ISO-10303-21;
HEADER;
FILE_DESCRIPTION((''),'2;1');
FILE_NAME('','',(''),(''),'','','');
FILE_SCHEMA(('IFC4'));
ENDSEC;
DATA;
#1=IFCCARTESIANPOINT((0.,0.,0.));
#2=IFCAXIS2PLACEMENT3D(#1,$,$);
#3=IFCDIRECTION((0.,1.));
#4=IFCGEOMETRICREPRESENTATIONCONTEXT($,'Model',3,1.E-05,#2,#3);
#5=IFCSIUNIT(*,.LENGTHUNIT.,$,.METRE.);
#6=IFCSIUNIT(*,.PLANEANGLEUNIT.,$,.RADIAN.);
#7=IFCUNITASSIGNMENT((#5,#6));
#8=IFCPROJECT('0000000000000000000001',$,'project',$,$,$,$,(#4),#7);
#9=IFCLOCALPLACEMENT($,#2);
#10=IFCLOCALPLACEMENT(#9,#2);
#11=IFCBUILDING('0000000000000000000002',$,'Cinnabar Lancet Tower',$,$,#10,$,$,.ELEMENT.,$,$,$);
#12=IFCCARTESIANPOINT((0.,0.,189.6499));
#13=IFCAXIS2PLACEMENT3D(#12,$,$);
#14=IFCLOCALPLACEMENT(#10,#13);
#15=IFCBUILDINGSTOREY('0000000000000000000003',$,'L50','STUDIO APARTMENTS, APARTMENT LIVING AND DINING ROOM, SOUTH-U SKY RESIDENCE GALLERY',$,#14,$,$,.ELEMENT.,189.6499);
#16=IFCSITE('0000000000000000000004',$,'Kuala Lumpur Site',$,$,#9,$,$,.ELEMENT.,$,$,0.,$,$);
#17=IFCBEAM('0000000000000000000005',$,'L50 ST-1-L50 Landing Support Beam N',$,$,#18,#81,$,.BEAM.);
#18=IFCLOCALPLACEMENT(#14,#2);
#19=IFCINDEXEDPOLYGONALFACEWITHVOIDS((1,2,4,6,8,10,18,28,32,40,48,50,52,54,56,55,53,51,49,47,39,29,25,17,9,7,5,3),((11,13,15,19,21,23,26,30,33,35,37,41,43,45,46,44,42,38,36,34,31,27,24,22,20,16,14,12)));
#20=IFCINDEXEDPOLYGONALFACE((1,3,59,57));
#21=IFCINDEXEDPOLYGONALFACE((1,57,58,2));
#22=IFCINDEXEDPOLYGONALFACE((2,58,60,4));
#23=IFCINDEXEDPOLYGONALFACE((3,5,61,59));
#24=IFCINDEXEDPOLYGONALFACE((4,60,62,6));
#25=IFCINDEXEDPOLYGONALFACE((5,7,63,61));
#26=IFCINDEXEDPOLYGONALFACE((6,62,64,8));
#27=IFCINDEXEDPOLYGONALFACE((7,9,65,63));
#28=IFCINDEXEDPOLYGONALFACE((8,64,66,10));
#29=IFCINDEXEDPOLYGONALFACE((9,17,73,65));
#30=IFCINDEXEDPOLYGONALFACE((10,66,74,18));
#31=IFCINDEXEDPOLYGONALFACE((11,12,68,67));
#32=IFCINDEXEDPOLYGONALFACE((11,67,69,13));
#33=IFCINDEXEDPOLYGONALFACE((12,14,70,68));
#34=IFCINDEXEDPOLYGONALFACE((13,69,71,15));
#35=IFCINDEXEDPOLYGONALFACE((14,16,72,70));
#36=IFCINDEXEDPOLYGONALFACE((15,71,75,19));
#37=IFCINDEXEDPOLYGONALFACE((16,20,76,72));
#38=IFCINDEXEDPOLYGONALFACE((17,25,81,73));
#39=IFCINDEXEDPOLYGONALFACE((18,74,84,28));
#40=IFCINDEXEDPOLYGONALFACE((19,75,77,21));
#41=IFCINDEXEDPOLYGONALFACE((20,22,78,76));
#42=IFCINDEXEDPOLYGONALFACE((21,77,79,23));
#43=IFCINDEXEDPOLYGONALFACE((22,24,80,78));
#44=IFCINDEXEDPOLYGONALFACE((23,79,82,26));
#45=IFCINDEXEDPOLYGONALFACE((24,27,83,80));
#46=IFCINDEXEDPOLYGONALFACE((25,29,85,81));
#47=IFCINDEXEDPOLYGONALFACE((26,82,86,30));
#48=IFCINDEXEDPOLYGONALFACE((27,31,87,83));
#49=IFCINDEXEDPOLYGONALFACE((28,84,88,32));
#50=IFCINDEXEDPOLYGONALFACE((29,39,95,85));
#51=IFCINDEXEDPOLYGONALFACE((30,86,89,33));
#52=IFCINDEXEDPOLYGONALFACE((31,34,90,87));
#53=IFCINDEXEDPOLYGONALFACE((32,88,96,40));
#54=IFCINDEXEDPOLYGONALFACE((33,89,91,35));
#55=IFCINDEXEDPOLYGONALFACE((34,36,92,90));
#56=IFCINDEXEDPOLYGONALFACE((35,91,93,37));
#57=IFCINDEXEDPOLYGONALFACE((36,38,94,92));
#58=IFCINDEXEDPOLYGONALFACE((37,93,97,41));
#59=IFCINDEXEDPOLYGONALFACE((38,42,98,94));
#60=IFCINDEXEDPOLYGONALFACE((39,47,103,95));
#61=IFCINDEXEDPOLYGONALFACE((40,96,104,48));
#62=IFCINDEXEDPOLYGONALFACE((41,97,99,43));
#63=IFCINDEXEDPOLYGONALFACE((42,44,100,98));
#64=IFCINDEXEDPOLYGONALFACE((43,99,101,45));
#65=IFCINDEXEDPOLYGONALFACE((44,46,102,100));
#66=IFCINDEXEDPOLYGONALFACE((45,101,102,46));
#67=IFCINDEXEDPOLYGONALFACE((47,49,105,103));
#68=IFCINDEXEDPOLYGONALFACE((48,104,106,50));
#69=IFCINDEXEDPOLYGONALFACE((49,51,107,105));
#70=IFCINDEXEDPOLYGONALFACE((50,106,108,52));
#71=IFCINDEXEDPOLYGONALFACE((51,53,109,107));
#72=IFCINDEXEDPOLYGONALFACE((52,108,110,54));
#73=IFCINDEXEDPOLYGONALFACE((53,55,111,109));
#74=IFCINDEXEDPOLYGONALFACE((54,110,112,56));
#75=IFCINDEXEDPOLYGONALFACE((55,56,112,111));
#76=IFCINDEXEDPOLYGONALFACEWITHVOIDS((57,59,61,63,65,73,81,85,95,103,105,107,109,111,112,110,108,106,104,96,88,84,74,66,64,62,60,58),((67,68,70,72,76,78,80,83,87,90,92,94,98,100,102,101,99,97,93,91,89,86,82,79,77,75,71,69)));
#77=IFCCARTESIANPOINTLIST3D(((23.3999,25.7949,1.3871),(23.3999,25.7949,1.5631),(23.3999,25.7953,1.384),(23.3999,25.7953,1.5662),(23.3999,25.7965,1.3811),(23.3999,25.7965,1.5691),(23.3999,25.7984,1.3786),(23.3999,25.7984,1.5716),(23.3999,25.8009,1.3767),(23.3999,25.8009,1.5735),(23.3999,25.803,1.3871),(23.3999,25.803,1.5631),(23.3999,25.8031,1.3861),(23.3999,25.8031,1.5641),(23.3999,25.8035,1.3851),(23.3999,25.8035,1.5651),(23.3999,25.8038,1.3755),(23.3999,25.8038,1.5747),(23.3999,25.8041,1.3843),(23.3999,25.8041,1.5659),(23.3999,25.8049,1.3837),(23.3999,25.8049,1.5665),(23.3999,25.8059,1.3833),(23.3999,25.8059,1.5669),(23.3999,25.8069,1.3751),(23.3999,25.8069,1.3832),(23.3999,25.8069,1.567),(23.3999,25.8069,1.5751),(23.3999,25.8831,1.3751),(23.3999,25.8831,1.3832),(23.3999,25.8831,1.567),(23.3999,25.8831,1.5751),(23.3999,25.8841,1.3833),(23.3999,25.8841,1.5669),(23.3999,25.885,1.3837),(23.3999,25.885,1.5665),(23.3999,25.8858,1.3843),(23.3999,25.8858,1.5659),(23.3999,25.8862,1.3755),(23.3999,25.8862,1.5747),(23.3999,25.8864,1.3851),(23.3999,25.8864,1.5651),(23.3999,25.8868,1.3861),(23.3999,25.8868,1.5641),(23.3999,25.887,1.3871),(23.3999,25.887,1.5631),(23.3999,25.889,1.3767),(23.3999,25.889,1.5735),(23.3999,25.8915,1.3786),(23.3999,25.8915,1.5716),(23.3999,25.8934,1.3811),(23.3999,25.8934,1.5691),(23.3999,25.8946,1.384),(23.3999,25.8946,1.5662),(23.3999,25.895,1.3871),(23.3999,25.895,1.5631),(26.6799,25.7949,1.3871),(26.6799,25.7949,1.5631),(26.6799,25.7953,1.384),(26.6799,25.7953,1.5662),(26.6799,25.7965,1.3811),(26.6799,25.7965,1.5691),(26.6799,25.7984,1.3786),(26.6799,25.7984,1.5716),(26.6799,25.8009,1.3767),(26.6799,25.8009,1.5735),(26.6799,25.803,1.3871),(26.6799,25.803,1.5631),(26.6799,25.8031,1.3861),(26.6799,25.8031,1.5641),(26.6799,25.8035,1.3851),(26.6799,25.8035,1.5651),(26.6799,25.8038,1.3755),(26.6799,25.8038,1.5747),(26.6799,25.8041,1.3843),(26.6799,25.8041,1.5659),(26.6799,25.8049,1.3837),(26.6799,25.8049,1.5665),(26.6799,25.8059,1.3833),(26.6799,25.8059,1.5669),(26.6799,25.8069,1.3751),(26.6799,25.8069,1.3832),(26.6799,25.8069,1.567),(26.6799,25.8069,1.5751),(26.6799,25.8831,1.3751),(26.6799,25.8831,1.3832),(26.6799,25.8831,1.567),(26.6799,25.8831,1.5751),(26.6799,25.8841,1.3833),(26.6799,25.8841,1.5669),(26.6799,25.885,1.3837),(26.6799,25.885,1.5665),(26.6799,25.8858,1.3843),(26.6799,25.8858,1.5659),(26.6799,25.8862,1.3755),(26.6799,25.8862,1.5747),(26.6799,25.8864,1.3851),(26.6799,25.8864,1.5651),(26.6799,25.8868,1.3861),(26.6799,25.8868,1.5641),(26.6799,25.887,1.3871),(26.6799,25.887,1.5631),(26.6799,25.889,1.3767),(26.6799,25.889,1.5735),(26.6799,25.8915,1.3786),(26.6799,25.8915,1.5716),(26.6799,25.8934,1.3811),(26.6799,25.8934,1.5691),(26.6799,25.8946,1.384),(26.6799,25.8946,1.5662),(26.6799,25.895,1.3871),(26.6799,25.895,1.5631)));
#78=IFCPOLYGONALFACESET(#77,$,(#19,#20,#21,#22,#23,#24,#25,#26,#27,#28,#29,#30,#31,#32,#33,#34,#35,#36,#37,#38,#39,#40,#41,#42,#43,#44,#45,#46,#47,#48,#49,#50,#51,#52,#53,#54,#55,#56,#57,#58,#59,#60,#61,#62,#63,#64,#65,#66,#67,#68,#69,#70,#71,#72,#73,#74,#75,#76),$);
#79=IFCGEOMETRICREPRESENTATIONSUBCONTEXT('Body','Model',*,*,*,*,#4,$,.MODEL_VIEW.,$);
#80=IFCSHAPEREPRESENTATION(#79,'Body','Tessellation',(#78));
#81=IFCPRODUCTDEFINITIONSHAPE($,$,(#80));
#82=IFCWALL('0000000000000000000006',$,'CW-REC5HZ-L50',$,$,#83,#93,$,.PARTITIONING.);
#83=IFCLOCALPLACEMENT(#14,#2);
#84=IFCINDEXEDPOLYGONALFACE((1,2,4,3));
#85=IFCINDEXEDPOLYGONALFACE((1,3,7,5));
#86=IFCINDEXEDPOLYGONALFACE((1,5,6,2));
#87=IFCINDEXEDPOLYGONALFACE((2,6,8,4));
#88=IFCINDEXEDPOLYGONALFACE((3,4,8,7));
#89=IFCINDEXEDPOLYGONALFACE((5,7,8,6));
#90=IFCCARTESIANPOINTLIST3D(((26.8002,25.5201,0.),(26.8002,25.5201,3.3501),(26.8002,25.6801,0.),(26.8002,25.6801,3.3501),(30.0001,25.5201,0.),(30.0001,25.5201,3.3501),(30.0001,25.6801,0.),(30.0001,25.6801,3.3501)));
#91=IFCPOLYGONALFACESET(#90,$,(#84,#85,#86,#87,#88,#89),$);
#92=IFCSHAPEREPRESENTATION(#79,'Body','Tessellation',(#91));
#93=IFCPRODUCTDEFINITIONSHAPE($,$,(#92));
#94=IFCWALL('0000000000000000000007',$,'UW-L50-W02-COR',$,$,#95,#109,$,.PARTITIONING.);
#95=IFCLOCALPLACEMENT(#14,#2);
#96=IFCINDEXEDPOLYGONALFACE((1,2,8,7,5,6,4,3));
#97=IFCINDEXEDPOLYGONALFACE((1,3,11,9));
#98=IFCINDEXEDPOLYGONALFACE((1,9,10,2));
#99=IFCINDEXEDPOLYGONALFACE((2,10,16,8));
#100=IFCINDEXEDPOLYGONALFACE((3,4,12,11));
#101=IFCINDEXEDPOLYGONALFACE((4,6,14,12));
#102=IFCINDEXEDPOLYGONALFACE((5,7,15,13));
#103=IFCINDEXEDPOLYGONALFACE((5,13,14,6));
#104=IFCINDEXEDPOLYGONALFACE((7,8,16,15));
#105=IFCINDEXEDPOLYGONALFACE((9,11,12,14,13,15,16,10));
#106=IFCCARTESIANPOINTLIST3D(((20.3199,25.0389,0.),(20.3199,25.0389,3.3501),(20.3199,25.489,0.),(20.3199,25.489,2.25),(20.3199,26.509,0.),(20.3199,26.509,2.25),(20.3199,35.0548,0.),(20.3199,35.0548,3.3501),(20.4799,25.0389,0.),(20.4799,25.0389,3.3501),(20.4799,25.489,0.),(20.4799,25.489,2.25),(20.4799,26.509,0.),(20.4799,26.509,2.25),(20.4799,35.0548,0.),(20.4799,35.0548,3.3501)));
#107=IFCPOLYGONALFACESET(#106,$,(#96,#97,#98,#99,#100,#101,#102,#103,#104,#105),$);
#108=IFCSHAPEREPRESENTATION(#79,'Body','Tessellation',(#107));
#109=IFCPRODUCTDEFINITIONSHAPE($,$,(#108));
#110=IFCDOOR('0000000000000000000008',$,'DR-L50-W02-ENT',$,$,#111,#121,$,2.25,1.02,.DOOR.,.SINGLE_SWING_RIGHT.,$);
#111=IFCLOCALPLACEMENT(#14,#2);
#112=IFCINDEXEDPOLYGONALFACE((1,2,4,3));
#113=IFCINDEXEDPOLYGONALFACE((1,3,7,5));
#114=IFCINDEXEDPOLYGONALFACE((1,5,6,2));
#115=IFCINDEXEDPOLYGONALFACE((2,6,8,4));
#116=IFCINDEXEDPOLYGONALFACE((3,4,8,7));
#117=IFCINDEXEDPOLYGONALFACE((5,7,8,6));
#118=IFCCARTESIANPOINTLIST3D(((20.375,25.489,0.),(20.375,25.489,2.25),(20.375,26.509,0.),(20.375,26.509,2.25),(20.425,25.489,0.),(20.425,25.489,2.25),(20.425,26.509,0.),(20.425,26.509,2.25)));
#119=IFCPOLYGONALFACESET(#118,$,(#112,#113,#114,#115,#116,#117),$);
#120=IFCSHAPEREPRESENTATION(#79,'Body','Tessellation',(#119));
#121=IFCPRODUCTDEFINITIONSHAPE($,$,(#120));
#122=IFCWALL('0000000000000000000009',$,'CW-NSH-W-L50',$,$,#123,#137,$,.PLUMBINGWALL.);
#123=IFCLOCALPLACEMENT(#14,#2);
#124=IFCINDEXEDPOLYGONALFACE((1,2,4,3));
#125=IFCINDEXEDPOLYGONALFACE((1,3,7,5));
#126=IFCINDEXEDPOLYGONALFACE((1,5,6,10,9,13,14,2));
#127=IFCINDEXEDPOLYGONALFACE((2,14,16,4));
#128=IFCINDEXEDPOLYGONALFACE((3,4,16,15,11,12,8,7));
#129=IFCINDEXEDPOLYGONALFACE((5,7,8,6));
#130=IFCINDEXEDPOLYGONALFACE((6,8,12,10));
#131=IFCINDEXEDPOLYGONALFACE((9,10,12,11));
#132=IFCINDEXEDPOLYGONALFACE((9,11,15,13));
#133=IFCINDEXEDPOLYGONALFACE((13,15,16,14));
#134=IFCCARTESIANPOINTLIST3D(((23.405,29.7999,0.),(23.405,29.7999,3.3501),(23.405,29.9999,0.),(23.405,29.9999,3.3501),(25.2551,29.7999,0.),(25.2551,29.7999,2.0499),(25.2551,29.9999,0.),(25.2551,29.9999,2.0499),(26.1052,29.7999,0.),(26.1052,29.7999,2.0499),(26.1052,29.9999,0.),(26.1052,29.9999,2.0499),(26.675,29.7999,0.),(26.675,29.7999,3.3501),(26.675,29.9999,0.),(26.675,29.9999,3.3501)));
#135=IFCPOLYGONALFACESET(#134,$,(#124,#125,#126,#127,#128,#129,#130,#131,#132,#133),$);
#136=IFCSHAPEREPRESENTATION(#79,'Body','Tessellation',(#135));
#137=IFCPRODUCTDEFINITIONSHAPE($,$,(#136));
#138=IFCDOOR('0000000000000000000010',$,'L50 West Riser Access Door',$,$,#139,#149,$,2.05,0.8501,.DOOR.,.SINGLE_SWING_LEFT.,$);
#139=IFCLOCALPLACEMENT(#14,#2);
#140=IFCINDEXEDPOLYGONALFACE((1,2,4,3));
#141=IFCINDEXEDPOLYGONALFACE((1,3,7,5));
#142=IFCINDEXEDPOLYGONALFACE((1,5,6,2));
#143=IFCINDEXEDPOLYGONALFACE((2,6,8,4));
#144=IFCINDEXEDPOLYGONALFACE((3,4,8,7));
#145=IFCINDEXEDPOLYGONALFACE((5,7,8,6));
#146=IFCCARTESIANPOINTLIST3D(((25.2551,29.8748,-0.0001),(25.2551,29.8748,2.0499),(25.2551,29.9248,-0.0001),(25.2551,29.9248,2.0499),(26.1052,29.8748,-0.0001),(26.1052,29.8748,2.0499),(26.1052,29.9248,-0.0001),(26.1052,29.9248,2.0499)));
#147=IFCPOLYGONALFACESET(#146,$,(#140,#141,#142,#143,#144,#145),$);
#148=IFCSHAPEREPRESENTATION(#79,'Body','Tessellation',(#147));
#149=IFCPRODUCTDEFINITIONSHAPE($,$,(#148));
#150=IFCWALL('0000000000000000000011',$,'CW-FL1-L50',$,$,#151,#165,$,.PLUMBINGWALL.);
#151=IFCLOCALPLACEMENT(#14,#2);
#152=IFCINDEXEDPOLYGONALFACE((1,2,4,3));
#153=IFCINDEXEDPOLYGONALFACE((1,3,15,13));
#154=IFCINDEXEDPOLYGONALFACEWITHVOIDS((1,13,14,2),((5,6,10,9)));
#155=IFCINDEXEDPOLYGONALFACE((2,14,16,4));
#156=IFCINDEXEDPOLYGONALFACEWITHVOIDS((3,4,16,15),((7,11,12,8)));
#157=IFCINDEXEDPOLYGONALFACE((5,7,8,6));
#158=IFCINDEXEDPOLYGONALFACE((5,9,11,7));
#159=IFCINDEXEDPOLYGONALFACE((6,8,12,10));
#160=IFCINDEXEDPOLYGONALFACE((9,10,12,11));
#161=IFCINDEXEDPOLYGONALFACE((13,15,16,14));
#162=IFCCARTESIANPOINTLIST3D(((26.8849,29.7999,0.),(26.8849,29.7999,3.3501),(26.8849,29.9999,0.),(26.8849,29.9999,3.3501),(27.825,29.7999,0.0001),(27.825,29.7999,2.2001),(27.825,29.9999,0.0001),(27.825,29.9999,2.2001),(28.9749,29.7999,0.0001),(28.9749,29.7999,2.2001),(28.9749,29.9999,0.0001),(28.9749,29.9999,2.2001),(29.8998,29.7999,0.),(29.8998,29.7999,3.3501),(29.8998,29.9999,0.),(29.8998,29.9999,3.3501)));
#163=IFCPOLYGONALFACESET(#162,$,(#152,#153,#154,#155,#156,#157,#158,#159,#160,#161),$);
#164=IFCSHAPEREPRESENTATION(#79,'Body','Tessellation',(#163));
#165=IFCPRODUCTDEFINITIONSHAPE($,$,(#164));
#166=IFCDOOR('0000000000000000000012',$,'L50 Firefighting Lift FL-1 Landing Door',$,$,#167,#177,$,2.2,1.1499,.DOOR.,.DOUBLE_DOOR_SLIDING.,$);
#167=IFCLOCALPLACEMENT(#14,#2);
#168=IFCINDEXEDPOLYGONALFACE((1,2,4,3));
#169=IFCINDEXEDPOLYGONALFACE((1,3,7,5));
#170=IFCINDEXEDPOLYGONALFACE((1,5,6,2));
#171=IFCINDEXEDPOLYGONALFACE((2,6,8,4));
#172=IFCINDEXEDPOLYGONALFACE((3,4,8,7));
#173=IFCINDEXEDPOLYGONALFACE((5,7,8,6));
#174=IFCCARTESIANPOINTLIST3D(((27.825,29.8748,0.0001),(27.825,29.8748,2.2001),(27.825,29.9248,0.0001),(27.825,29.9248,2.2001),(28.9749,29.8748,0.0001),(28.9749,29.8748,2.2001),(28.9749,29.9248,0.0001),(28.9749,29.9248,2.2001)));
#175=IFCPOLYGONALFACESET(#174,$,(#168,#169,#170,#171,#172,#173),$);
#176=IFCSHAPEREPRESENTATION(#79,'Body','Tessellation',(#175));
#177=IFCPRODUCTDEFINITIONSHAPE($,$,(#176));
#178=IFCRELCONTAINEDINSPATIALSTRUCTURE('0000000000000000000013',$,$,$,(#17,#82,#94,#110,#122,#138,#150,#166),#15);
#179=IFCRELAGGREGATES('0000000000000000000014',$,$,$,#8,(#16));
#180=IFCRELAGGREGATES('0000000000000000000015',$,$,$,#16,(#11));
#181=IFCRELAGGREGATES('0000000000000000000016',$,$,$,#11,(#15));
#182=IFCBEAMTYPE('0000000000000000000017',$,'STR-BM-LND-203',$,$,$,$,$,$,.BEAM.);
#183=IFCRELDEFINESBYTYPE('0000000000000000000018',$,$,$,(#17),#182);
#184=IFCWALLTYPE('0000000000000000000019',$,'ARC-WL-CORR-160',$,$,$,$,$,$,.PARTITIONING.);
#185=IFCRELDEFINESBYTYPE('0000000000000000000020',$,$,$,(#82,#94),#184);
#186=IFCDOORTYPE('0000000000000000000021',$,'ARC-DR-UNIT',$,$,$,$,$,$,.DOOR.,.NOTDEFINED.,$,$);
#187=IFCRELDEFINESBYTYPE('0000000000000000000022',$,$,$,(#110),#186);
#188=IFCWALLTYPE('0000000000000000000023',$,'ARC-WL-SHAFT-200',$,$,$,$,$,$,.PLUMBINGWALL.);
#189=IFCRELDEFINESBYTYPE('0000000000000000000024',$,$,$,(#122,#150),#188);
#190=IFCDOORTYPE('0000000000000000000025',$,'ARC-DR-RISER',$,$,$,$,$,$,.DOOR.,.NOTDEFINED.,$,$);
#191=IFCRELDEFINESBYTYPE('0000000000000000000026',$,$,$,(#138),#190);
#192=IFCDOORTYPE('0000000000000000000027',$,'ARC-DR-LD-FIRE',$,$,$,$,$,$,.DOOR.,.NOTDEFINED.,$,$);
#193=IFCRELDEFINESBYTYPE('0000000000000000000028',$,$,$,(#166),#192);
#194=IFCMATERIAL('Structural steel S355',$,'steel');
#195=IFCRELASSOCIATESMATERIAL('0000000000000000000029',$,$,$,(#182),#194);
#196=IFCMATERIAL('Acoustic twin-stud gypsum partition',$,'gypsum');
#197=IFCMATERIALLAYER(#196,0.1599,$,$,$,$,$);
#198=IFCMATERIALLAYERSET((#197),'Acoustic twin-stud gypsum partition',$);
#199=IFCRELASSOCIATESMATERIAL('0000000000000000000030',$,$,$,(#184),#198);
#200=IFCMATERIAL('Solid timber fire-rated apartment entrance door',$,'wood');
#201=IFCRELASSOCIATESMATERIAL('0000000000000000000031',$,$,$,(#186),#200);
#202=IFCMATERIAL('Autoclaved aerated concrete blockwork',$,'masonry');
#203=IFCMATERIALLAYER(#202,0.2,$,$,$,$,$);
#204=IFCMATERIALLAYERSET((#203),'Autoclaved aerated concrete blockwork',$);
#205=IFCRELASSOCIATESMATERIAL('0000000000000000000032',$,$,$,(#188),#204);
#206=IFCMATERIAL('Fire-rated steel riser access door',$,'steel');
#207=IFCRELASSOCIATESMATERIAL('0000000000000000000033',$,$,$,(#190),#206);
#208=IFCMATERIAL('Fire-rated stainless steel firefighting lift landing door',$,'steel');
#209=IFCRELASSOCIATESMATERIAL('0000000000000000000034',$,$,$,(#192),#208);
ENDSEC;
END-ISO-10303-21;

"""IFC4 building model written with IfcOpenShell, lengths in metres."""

from ifc_helpers import new_model, si_unit, direction, frame, frame_2d, origin, origin_2d, place, context, subcontext, project, spatial, rectangle, hollow_rectangle, extrude, material, layer, layer_set, material_profile, profile_set, type_object, element, fill, save


model = new_model("IFC4")

# Units and contexts
model_context = context("Model", 3, precision=1e-05, world=origin(), true_north=direction((0.0, 1.0)))
body_context = subcontext(model_context, "Body", "Model", "MODEL_VIEW")
ifc_project = project(units=[si_unit("LENGTHUNIT", "METRE"), si_unit("PLANEANGLEUNIT", "RADIAN")], contexts=[model_context])

# Site, building, storey
site_placement = place(None, origin())
site = spatial("IfcSite", under=ifc_project, at=site_placement, Name="Kuala Lumpur Site", CompositionType="ELEMENT", RefElevation=0.0)
building_placement = place(site_placement, origin())
building = spatial("IfcBuilding", under=site, at=building_placement, Name="Cinnabar Lancet Tower", CompositionType="ELEMENT")
storey_placement = place(building_placement, frame((0.0, 0.0, 189.6499)))
storey = spatial("IfcBuildingStorey", under=building, at=storey_placement, Name="L50", Description="STUDIO APARTMENTS, APARTMENT LIVING AND DINING ROOM, SOUTH-U SKY RESIDENCE GALLERY", CompositionType="ELEMENT", Elevation=189.6499)

# Beam
ifc_material_1 = material(Name="Structural steel S355", Category="steel")
ifc_material_profile_1 = material_profile(ifc_material_1, hollow_rectangle(XDim=0.1001, YDim=0.2, WallThickness=0.0081, InnerFilletRadius=0.0039, OuterFilletRadius=0.012, at=origin_2d()), Name="RHS 200x100x8")
ifc_profile_set_1 = profile_set([ifc_material_profile_1], Name="Structural steel S355")
beam_type_1 = type_object("IfcBeamType", Name="STR-BM-LND-203", PredefinedType="BEAM", material=ifc_profile_set_1)
beam_1_placement = place(storey_placement, frame((23.3999, 25.845, 1.4751), z_axis=(1.0, 0.0, 0.0), x_axis=(0.0, 1.0, 0.0)))
element("IfcBeam", 1, at=beam_1_placement, inside=storey, type_object=beam_type_1, Name="L50 ST-1-L50 Landing Support Beam N", PredefinedType="BEAM", context=body_context, shape_type="SweptSolid", body=[
    extrude(hollow_rectangle(XDim=0.1001, YDim=0.2, WallThickness=0.0081, InnerFilletRadius=0.0039, OuterFilletRadius=0.012, at=origin_2d()), origin(), (0.0, 0.0, 1.0), 3.28),
])

# Wall
ifc_material_2 = material(Name="Acoustic twin-stud gypsum partition", Category="gypsum")
ifc_layer_1 = layer(ifc_material_2, 0.1599)
ifc_layer_set_1 = layer_set([ifc_layer_1], Name="Acoustic twin-stud gypsum partition")
wall_type_1 = type_object("IfcWallType", Name="ARC-WL-CORR-160", PredefinedType="PARTITIONING", material=ifc_layer_set_1)
wall_1_placement = place(storey_placement, frame((26.8, 25.6001, 0.0), z_axis=(0.0, 0.0, 1.0), x_axis=(1.0, 0.0, 0.0)))
element("IfcWall", 2, at=wall_1_placement, inside=storey, type_object=wall_type_1, Name="CW-REC5HZ-L50", PredefinedType="PARTITIONING", context=body_context, shape_type="SweptSolid", body=[
    extrude(rectangle(XDim=3.2, YDim=0.1599, at=frame_2d((1.6001, 0.0))), origin(), (0.0, 0.0, 1.0), 3.3501),
])

# Walls, openings, doors
wall_2_placement = place(storey_placement, frame((20.3999, 25.0391, 0.0), z_axis=(0.0, 0.0, 1.0), x_axis=(0.0, 1.0, 0.0)))
wall_2 = element("IfcWall", 3, at=wall_2_placement, inside=storey, type_object=wall_type_1, Name="UW-L50-W02-COR", PredefinedType="PARTITIONING", context=body_context, shape_type="SweptSolid", body=[
    extrude(rectangle(XDim=10.0159, YDim=0.1599, at=frame_2d((5.0078, 0.0))), origin(), (0.0, 0.0, 1.0), 3.3501),
])
opening_1_placement = place(wall_2_placement, frame((0.45, 0.0, 0.0)))
opening_1 = element("IfcOpeningElement", 4, at=opening_1_placement, cuts=wall_2, PredefinedType="OPENING", context=body_context, shape_type="SweptSolid", body=[
    extrude(rectangle(XDim=1.02, YDim=2.25, at=frame_2d((0.51, 1.125))), frame((0.0, 0.0898, 0.0), z_axis=(0.0, -1.0, 0.0), x_axis=(1.0, 0.0, 0.0)), (0.0, 0.0, 1.0), 0.1799),
])
ifc_material_3 = material(Name="Solid timber fire-rated apartment entrance door", Category="wood")
door_type_1 = type_object("IfcDoorType", Name="ARC-DR-UNIT", OperationType="NOTDEFINED", PredefinedType="DOOR", material=ifc_material_3)
door_1_placement = place(opening_1_placement, origin())
door_1 = element("IfcDoor", 5, at=door_1_placement, inside=storey, type_object=door_type_1, Name="DR-L50-W02-ENT", OperationType="SINGLE_SWING_RIGHT", OverallHeight=2.25, OverallWidth=1.02, PredefinedType="DOOR", context=body_context, shape_type="SweptSolid", body=[
    extrude(rectangle(XDim=1.02, YDim=2.25, at=frame_2d((0.51, 1.125))), frame((0.0, 0.0249, 0.0), z_axis=(0.0, -1.0, 0.0), x_axis=(1.0, 0.0, 0.0)), (0.0, 0.0, 1.0), 0.05),
])
fill(opening_1, door_1)
ifc_material_4 = material(Name="Autoclaved aerated concrete blockwork", Category="masonry")
ifc_layer_2 = layer(ifc_material_4, 0.2)
ifc_layer_set_2 = layer_set([ifc_layer_2], Name="Autoclaved aerated concrete blockwork")
wall_type_2 = type_object("IfcWallType", Name="ARC-WL-SHAFT-200", PredefinedType="PLUMBINGWALL", material=ifc_layer_set_2)
wall_3_placement = place(storey_placement, frame((23.405, 29.8999, 0.0), z_axis=(0.0, 0.0, 1.0), x_axis=(1.0, 0.0, 0.0)))
wall_3 = element("IfcWall", 6, at=wall_3_placement, inside=storey, type_object=wall_type_2, Name="CW-NSH-W-L50", PredefinedType="PLUMBINGWALL", context=body_context, shape_type="SweptSolid", body=[
    extrude(rectangle(XDim=3.27, YDim=0.2, at=frame_2d((1.635, 0.0))), origin(), (0.0, 0.0, 1.0), 3.3501),
])
opening_2_placement = place(wall_3_placement, frame((1.8501, 0.0, 0.0)))
opening_2 = element("IfcOpeningElement", 7, at=opening_2_placement, cuts=wall_3, PredefinedType="OPENING", context=body_context, shape_type="SweptSolid", body=[
    extrude(rectangle(XDim=0.8501, YDim=2.05, at=frame_2d((0.425, 1.0249))), frame((0.0, 0.1099, 0.0), z_axis=(0.0, -1.0, 0.0), x_axis=(1.0, 0.0, 0.0)), (0.0, 0.0, 1.0), 0.22),
])
ifc_material_5 = material(Name="Fire-rated steel riser access door", Category="steel")
door_type_2 = type_object("IfcDoorType", Name="ARC-DR-RISER", OperationType="NOTDEFINED", PredefinedType="DOOR", material=ifc_material_5)
door_2_placement = place(opening_2_placement, origin())
door_2 = element("IfcDoor", 8, at=door_2_placement, inside=storey, type_object=door_type_2, Name="L50 West Riser Access Door", OperationType="SINGLE_SWING_LEFT", OverallHeight=2.05, OverallWidth=0.8501, PredefinedType="DOOR", context=body_context, shape_type="SweptSolid", body=[
    extrude(rectangle(XDim=0.8501, YDim=2.05, at=frame_2d((0.425, 1.0249))), frame((0.0, 0.0249, 0.0), z_axis=(0.0, -1.0, 0.0), x_axis=(1.0, 0.0, 0.0)), (0.0, 0.0, 1.0), 0.05),
])
fill(opening_2, door_2)
wall_4_placement = place(storey_placement, frame((26.885, 29.8999, 0.0), z_axis=(0.0, 0.0, 1.0), x_axis=(1.0, 0.0, 0.0)))
wall_4 = element("IfcWall", 9, at=wall_4_placement, inside=storey, type_object=wall_type_2, Name="CW-FL1-L50", PredefinedType="PLUMBINGWALL", context=body_context, shape_type="SweptSolid", body=[
    extrude(rectangle(XDim=3.0149, YDim=0.2, at=frame_2d((1.5073, 0.0))), origin(), (0.0, 0.0, 1.0), 3.3501),
])
opening_3_placement = place(wall_4_placement, frame((0.9399, 0.0, 0.0)))
opening_3 = element("IfcOpeningElement", 10, at=opening_3_placement, cuts=wall_4, PredefinedType="OPENING", context=body_context, shape_type="SweptSolid", body=[
    extrude(rectangle(XDim=1.1499, YDim=2.2, at=frame_2d((0.575, 1.1001))), frame((0.0, 0.1099, 0.0), z_axis=(0.0, -1.0, 0.0), x_axis=(1.0, 0.0, 0.0)), (0.0, 0.0, 1.0), 0.22),
])
ifc_material_6 = material(Name="Fire-rated stainless steel firefighting lift landing door", Category="steel")
door_type_3 = type_object("IfcDoorType", Name="ARC-DR-LD-FIRE", OperationType="NOTDEFINED", PredefinedType="DOOR", material=ifc_material_6)
door_3_placement = place(opening_3_placement, origin())
door_3 = element("IfcDoor", 11, at=door_3_placement, inside=storey, type_object=door_type_3, Name="L50 Firefighting Lift FL-1 Landing Door", OperationType="DOUBLE_DOOR_SLIDING", OverallHeight=2.2, OverallWidth=1.1499, PredefinedType="DOOR", context=body_context, shape_type="SweptSolid", body=[
    extrude(rectangle(XDim=1.1499, YDim=2.2, at=frame_2d((0.575, 1.1001))), frame((0.0, 0.0249, 0.0), z_axis=(0.0, -1.0, 0.0), x_axis=(1.0, 0.0, 0.0)), (0.0, 0.0, 1.0), 0.05),
])
fill(opening_3, door_3)

save(model, "model.ifc")
